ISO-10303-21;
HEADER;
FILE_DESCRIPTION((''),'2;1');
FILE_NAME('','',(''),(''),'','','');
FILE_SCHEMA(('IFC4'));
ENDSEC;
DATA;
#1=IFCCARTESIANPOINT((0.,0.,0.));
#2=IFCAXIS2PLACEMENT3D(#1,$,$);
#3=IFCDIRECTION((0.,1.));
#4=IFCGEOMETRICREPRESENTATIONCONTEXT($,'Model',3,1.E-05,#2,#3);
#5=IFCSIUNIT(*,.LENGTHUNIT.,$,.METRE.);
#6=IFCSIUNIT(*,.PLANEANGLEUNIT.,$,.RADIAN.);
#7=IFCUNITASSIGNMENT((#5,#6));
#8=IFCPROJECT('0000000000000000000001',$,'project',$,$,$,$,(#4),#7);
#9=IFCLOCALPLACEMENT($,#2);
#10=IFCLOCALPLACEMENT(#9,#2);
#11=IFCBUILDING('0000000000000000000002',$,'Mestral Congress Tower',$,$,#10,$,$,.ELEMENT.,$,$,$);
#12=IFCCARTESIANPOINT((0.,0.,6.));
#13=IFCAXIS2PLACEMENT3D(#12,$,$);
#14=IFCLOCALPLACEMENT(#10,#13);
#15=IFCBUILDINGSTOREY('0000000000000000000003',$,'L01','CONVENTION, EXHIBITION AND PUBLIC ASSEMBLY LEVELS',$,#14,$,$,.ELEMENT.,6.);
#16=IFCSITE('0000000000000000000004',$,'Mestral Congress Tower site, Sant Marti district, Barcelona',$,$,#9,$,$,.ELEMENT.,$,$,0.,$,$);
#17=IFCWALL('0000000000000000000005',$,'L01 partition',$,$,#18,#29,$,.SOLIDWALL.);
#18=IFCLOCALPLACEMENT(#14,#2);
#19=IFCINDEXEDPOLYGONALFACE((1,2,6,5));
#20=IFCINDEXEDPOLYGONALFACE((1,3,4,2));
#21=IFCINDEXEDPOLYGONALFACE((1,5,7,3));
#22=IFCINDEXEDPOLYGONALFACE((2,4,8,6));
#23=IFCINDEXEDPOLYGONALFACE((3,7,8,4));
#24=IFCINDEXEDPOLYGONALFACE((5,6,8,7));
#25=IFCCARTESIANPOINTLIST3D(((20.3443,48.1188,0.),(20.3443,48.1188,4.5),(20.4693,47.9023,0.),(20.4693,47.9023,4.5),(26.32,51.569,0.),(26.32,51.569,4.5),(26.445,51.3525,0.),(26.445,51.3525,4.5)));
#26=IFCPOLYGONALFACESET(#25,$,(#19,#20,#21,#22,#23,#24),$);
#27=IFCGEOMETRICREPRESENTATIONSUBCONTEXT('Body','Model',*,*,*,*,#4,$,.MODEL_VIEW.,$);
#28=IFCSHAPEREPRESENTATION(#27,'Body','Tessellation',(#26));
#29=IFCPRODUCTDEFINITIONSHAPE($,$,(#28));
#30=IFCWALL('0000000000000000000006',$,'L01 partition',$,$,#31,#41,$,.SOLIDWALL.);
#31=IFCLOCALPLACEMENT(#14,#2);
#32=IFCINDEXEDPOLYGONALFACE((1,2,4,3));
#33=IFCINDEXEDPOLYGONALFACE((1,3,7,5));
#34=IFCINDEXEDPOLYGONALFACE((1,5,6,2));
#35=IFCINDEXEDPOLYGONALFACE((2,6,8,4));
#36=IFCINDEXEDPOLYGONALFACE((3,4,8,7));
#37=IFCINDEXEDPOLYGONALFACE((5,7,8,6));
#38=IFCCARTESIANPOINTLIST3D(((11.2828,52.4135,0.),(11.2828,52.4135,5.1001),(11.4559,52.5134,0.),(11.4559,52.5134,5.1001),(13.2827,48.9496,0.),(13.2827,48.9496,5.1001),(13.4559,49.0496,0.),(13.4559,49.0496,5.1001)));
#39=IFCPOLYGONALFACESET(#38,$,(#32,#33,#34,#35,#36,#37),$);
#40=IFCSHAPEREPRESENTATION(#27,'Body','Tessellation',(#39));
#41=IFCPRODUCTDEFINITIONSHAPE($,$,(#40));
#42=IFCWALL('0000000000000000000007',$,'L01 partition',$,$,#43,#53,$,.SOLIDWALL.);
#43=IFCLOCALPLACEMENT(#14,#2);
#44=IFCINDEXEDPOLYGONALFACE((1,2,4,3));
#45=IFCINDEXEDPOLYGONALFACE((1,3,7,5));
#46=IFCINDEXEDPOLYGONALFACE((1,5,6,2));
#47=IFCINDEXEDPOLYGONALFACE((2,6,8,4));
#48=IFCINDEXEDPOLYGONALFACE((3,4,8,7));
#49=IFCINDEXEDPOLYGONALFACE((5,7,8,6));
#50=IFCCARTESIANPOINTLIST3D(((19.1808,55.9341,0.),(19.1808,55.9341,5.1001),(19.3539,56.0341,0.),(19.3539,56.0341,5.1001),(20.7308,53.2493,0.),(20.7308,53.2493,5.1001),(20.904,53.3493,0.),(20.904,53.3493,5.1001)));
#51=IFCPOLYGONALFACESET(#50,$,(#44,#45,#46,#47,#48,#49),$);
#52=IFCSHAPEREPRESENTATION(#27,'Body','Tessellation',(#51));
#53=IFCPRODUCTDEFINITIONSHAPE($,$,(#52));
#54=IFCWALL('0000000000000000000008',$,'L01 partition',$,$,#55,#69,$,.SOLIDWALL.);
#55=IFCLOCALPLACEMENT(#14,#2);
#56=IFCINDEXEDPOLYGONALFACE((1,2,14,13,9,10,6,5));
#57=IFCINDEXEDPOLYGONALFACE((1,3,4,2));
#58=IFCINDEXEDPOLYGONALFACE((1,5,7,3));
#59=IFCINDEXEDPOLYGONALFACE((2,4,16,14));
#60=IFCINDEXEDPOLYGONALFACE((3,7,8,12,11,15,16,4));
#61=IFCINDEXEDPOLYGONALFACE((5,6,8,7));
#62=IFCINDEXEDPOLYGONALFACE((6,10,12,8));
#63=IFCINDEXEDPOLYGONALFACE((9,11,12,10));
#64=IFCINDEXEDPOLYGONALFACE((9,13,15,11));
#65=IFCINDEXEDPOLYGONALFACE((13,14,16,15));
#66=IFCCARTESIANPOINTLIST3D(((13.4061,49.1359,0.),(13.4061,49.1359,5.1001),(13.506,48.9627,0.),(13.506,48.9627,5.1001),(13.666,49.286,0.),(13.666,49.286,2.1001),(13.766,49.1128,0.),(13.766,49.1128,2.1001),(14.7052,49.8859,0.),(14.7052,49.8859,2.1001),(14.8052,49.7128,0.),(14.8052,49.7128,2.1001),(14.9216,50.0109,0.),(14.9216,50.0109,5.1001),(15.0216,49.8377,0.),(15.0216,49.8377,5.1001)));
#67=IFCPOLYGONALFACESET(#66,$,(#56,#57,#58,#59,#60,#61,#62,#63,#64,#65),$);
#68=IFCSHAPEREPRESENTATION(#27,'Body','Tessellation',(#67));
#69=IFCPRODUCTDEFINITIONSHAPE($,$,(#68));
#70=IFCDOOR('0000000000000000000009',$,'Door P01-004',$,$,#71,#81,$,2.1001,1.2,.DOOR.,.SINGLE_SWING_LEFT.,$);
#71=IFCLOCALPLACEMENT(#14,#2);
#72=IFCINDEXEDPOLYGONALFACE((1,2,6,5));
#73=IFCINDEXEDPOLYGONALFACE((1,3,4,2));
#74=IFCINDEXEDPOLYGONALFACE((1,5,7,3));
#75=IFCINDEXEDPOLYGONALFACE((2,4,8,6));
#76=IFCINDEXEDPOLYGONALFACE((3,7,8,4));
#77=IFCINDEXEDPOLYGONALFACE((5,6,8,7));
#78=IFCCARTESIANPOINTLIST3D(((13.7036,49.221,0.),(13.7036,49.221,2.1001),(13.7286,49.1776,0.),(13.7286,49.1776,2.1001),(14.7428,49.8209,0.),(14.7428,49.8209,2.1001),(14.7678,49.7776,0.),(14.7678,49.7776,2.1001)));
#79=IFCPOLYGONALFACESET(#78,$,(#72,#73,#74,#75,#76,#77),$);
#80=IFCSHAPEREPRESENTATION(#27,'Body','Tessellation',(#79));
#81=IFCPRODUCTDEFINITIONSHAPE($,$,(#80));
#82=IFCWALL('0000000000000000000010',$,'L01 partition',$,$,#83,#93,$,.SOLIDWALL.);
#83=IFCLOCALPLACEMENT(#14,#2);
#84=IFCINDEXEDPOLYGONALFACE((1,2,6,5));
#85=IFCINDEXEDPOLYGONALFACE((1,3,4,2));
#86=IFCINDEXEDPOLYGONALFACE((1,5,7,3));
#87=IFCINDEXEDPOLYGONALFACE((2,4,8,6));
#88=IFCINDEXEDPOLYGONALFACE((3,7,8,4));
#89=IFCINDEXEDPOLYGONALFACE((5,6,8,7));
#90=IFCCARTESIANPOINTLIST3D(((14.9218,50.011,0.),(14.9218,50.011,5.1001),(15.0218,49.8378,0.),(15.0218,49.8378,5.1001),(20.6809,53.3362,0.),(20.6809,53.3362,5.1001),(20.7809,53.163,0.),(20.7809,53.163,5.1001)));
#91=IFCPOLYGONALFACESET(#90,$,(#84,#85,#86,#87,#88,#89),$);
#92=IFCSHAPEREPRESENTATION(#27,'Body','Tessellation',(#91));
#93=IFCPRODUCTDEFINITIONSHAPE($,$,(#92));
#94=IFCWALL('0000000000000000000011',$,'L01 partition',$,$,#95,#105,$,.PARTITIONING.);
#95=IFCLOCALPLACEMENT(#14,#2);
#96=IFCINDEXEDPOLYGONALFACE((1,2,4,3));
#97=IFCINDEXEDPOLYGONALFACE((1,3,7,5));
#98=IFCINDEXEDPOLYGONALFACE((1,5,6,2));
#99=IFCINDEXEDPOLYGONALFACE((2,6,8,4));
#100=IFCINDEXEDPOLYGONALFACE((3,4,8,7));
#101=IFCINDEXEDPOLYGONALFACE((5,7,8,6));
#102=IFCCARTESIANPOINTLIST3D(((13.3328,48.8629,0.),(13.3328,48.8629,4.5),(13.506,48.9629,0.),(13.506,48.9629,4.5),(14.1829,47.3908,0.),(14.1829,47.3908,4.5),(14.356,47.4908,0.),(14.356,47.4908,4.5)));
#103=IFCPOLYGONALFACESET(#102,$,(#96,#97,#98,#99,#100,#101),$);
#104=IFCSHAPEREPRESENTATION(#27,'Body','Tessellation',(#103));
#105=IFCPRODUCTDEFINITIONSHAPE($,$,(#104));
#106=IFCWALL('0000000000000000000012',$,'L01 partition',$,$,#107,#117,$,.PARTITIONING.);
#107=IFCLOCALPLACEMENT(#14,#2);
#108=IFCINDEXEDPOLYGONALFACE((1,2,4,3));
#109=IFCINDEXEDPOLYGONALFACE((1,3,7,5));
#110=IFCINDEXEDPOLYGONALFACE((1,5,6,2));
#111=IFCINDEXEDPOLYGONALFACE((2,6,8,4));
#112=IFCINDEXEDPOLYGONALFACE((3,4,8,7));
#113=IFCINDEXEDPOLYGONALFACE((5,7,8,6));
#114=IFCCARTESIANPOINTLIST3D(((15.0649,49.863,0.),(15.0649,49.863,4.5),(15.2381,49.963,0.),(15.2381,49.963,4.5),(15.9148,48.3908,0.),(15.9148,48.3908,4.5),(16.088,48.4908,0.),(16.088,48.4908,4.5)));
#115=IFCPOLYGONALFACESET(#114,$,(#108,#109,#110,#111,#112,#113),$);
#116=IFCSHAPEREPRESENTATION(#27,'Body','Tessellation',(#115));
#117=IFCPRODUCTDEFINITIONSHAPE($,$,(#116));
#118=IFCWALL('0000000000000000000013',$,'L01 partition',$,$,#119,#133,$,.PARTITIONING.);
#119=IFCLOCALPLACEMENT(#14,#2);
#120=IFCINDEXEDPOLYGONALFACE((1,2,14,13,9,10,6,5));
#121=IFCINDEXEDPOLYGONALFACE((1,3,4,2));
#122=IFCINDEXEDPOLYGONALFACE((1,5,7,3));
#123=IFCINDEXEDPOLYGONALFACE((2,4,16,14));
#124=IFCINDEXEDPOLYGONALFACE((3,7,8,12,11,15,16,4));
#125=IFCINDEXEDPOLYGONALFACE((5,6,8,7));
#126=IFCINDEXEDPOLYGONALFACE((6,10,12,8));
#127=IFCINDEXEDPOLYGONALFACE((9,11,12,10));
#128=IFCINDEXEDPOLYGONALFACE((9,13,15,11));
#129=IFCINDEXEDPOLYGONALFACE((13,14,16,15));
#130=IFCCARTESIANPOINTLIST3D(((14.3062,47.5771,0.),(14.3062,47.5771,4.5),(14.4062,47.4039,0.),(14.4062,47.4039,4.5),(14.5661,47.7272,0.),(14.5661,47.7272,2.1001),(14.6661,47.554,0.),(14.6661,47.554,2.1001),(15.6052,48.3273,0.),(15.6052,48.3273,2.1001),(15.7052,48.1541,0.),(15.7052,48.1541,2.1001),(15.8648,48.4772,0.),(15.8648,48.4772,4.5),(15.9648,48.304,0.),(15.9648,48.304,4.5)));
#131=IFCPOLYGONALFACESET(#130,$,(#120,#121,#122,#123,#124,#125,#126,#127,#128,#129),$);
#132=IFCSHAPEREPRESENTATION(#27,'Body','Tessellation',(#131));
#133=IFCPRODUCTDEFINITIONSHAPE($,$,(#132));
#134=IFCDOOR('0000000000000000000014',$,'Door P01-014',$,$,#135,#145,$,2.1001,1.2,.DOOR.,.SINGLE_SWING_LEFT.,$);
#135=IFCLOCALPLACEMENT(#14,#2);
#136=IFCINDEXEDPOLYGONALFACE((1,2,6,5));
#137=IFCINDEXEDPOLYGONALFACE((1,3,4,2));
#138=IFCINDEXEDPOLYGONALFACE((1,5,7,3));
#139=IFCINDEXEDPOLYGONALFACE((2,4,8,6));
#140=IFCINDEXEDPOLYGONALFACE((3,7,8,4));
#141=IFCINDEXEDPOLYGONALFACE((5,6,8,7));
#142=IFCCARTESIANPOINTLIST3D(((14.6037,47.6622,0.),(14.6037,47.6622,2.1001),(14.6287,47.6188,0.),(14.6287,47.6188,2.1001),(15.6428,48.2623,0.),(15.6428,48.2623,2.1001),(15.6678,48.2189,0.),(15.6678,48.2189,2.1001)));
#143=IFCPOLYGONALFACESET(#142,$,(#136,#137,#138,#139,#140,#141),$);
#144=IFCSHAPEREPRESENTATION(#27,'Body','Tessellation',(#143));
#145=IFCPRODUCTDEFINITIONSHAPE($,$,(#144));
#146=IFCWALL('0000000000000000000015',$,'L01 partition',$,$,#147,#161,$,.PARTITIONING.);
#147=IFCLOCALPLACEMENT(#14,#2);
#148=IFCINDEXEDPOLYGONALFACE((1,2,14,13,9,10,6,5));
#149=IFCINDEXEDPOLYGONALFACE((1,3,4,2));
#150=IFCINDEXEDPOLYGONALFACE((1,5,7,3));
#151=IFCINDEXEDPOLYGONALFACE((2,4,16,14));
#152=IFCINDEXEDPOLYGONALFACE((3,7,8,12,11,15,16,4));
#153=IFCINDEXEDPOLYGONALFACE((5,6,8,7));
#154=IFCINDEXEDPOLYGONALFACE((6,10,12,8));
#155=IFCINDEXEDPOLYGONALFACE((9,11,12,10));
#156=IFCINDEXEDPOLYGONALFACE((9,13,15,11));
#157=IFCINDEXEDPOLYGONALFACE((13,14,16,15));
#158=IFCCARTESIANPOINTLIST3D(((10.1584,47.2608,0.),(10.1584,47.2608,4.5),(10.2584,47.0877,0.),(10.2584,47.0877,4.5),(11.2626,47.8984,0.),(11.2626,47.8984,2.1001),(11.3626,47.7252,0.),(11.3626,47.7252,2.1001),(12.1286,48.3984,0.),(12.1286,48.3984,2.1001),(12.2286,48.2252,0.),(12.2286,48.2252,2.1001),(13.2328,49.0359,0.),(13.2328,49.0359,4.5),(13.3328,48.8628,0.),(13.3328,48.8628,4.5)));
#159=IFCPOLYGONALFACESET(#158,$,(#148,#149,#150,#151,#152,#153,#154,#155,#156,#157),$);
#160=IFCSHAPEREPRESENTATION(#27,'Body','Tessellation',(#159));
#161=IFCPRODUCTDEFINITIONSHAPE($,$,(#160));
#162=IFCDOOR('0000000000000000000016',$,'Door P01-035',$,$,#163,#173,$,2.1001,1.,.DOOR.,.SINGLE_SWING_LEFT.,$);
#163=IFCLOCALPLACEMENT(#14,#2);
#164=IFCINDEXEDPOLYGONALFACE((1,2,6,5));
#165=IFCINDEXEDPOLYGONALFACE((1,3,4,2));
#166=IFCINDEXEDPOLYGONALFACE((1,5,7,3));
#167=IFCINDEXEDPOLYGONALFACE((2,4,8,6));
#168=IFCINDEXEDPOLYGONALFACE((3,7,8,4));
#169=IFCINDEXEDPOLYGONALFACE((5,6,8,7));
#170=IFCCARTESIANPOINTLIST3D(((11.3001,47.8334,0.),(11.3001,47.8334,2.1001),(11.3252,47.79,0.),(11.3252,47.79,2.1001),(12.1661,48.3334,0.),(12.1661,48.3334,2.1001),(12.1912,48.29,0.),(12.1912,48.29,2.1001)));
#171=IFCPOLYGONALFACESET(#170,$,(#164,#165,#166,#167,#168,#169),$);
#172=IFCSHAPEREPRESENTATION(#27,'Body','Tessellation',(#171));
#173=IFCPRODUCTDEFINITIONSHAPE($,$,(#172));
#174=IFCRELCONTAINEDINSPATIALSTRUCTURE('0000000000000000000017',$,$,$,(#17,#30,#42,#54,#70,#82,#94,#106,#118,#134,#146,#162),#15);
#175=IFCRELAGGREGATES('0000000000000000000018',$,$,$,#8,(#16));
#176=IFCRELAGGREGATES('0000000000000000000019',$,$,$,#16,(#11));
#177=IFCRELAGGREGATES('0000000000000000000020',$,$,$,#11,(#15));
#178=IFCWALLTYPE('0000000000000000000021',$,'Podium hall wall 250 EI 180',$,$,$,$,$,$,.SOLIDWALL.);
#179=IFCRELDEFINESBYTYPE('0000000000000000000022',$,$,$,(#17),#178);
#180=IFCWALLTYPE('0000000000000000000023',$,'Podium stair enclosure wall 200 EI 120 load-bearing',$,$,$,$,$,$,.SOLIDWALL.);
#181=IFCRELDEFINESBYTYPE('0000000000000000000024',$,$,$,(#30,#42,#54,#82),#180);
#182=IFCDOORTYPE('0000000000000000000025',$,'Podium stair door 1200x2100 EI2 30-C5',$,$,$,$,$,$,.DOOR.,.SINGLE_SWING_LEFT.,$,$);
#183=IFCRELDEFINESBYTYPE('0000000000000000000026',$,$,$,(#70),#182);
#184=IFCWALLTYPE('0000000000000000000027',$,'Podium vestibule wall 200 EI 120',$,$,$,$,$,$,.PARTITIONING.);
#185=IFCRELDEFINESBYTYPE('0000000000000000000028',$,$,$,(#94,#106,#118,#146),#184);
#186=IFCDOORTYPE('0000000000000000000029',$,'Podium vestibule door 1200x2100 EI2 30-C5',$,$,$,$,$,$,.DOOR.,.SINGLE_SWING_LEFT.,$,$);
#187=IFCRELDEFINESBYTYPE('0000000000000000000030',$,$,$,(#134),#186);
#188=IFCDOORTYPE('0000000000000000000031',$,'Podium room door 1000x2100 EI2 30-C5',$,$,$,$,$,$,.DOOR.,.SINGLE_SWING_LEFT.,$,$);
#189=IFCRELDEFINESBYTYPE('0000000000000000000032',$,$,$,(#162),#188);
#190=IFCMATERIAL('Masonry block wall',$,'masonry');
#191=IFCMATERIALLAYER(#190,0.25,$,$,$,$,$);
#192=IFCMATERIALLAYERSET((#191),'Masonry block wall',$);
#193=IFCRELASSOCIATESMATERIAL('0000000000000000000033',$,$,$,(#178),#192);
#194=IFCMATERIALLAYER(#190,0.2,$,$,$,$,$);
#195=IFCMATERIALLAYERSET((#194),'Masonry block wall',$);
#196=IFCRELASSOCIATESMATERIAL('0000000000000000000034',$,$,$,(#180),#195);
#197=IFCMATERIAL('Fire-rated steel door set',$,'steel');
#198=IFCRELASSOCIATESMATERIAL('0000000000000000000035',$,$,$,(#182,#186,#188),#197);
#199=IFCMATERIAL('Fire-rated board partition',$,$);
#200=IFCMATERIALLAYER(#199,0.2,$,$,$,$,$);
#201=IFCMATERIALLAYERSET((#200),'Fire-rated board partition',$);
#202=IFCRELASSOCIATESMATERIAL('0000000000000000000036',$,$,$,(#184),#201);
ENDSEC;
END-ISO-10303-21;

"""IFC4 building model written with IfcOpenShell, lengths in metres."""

from ifc_helpers import new_model, si_unit, direction, frame, frame_2d, origin, place, context, subcontext, project, spatial, rectangle, extrude, material, layer, layer_set, type_object, element, fill, save


model = new_model("IFC4")

# Units and contexts
model_context = context("Model", 3, precision=1e-05, world=origin(), true_north=direction((0.0, 1.0)))
body_context = subcontext(model_context, "Body", "Model", "MODEL_VIEW")
ifc_project = project(units=[si_unit("LENGTHUNIT", "METRE"), si_unit("PLANEANGLEUNIT", "RADIAN")], contexts=[model_context])

# Site, building, storey
site_placement = place(None, origin())
site = spatial("IfcSite", under=ifc_project, at=site_placement, Name="Mestral Congress Tower site, Sant Marti district, Barcelona", CompositionType="ELEMENT", RefElevation=0.0)
building_placement = place(site_placement, origin())
building = spatial("IfcBuilding", under=site, at=building_placement, Name="Mestral Congress Tower", CompositionType="ELEMENT")
storey_placement = place(building_placement, frame((0.0, 0.0, 6.0)))
storey = spatial("IfcBuildingStorey", under=building, at=storey_placement, Name="L01", Description="CONVENTION, EXHIBITION AND PUBLIC ASSEMBLY LEVELS", CompositionType="ELEMENT", Elevation=6.0)

# Walls
ifc_material_1 = material(Name="Masonry block wall", Category="masonry")
ifc_layer_1 = layer(ifc_material_1, 0.25)
ifc_layer_set_1 = layer_set([ifc_layer_1], Name="Masonry block wall")
wall_type_1 = type_object("IfcWallType", Name="Podium hall wall 250 EI 180", PredefinedType="SOLIDWALL", material=ifc_layer_set_1)
wall_1_placement = place(storey_placement, frame((20.4067, 48.0105, 0.0), z_axis=(0.0, 0.0, 1.0), x_axis=(0.866014, 0.500021, 0.0)))
element("IfcWall", 1, at=wall_1_placement, inside=storey, type_object=wall_type_1, Name="L01 partition", PredefinedType="SOLIDWALL", context=body_context, shape_type="SweptSolid", body=[
    extrude(rectangle(XDim=6.9001, YDim=0.25, at=frame_2d((3.4502, 0.0))), origin(), (0.0, 0.0, 1.0), 4.5),
])
ifc_layer_2 = layer(ifc_material_1, 0.2)
ifc_layer_set_2 = layer_set([ifc_layer_2], Name="Masonry block wall")
wall_type_2 = type_object("IfcWallType", Name="Podium stair enclosure wall 200 EI 120 load-bearing", PredefinedType="SOLIDWALL", material=ifc_layer_set_2)
wall_2_placement = place(storey_placement, frame((13.3694, 48.9995, 0.0), z_axis=(0.0, 0.0, 1.0), x_axis=(-0.500025, 0.866011, 0.0)))
element("IfcWall", 2, at=wall_2_placement, inside=storey, type_object=wall_type_2, Name="L01 partition", PredefinedType="SOLIDWALL", context=body_context, shape_type="SweptSolid", body=[
    extrude(rectangle(XDim=3.9998, YDim=0.2, at=frame_2d((2.0, 0.0))), origin(), (0.0, 0.0, 1.0), 5.1001),
])
wall_3_placement = place(storey_placement, frame((20.8174, 53.2993, 0.0), z_axis=(0.0, 0.0, 1.0), x_axis=(-0.499993, 0.86603, 0.0)))
element("IfcWall", 3, at=wall_3_placement, inside=storey, type_object=wall_type_2, Name="L01 partition", PredefinedType="SOLIDWALL", context=body_context, shape_type="SweptSolid", body=[
    extrude(rectangle(XDim=3.1001, YDim=0.2, at=frame_2d((1.55, 0.0))), origin(), (0.0, 0.0, 1.0), 5.1001),
])

# Wall, opening, door
wall_4_placement = place(storey_placement, frame((13.4561, 49.0493, 0.0), z_axis=(0.0, 0.0, 1.0), x_axis=(0.866037, 0.49998, 0.0)))
wall_4 = element("IfcWall", 4, at=wall_4_placement, inside=storey, type_object=wall_type_2, Name="L01 partition", PredefinedType="SOLIDWALL", context=body_context, shape_type="SweptSolid", body=[
    extrude(rectangle(XDim=1.75, YDim=0.2, at=frame_2d((0.875, 0.0))), origin(), (0.0, 0.0, 1.0), 5.1001),
])
opening_1_placement = place(wall_4_placement, frame((0.3, 0.0, 0.0)))
opening_1 = element("IfcOpeningElement", 5, at=opening_1_placement, cuts=wall_4, PredefinedType="OPENING", context=body_context, shape_type="SweptSolid", body=[
    extrude(rectangle(XDim=1.2, YDim=2.1001, at=frame_2d((0.6001, 1.05))), frame((0.0, 0.1099, 0.0), z_axis=(0.0, -1.0, 0.0), x_axis=(1.0, 0.0, 0.0)), (0.0, 0.0, 1.0), 0.22),
])
ifc_material_2 = material(Name="Fire-rated steel door set", Category="steel")
door_type_1 = type_object("IfcDoorType", Name="Podium stair door 1200x2100 EI2 30-C5", OperationType="SINGLE_SWING_LEFT", PredefinedType="DOOR", material=ifc_material_2)
door_1_placement = place(opening_1_placement, origin())
door_1 = element("IfcDoor", 6, at=door_1_placement, inside=storey, type_object=door_type_1, Name="Door P01-004", OperationType="SINGLE_SWING_LEFT", OverallHeight=2.1001, OverallWidth=1.2, PredefinedType="DOOR", context=body_context, shape_type="SweptSolid", body=[
    extrude(rectangle(XDim=1.2, YDim=2.1001, at=frame_2d((0.6001, 1.05))), frame((0.0, 0.0249, 0.0), z_axis=(0.0, -1.0, 0.0), x_axis=(1.0, 0.0, 0.0)), (0.0, 0.0, 1.0), 0.05),
])
fill(opening_1, door_1)

# Walls
wall_5_placement = place(storey_placement, frame((14.9717, 49.9243, 0.0), z_axis=(0.0, 0.0, 1.0), x_axis=(0.866011, 0.500024, 0.0)))
element("IfcWall", 7, at=wall_5_placement, inside=storey, type_object=wall_type_2, Name="L01 partition", PredefinedType="SOLIDWALL", context=body_context, shape_type="SweptSolid", body=[
    extrude(rectangle(XDim=6.6501, YDim=0.2, at=frame_2d((3.3252, 0.0))), origin(), (0.0, 0.0, 1.0), 5.1001),
])
ifc_material_3 = material(Name="Fire-rated board partition")
ifc_layer_3 = layer(ifc_material_3, 0.2)
ifc_layer_set_3 = layer_set([ifc_layer_3], Name="Fire-rated board partition")
wall_type_3 = type_object("IfcWallType", Name="Podium vestibule wall 200 EI 120", PredefinedType="PARTITIONING", material=ifc_layer_set_3)
for number, where, z_axis, x_axis, name in (
    (8, (14.2695, 47.4407, 0.0), (0.0, 0.0, 1.0), (-0.500062, 0.865989, 0.0), "L01 partition"),
    (9, (16.0015, 48.4407, 0.0), (0.0, 0.0, 1.0), (-0.499955, 0.866052, 0.0), "L01 partition"),
):
    element("IfcWall", number, at=place(storey_placement, frame(where, z_axis=z_axis, x_axis=x_axis)), inside=storey, type_object=wall_type_3, Name=name, PredefinedType="PARTITIONING", context=body_context, shape_type="SweptSolid", body=[
        extrude(rectangle(XDim=1.7, YDim=0.2, at=frame_2d((0.8501, 0.0))), origin(), (0.0, 0.0, 1.0), 4.5),
    ])

# Walls, openings, doors
wall_6_placement = place(storey_placement, frame((14.3562, 47.4905, 0.0), z_axis=(0.0, 0.0, 1.0), x_axis=(0.865955, 0.500122, 0.0)))
wall_6 = element("IfcWall", 10, at=wall_6_placement, inside=storey, type_object=wall_type_3, Name="L01 partition", PredefinedType="PARTITIONING", context=body_context, shape_type="SweptSolid", body=[
    extrude(rectangle(XDim=1.7998, YDim=0.2, at=frame_2d((0.8999, 0.0))), origin(), (0.0, 0.0, 1.0), 4.5),
])
opening_2_placement = place(wall_6_placement, frame((0.3, 0.0, 0.0)))
opening_2 = element("IfcOpeningElement", 11, at=opening_2_placement, cuts=wall_6, PredefinedType="OPENING", context=body_context, shape_type="SweptSolid", body=[
    extrude(rectangle(XDim=1.2, YDim=2.1001, at=frame_2d((0.6001, 1.05))), frame((0.0, 0.1099, 0.0), z_axis=(0.0, -1.0, 0.0), x_axis=(1.0, 0.0, 0.0)), (0.0, 0.0, 1.0), 0.22),
])
door_type_2 = type_object("IfcDoorType", Name="Podium vestibule door 1200x2100 EI2 30-C5", OperationType="SINGLE_SWING_LEFT", PredefinedType="DOOR", material=ifc_material_2)
door_2_placement = place(opening_2_placement, origin())
door_2 = element("IfcDoor", 12, at=door_2_placement, inside=storey, type_object=door_type_2, Name="Door P01-014", OperationType="SINGLE_SWING_LEFT", OverallHeight=2.1001, OverallWidth=1.2, PredefinedType="DOOR", context=body_context, shape_type="SweptSolid", body=[
    extrude(rectangle(XDim=1.2, YDim=2.1001, at=frame_2d((0.6001, 1.05))), frame((0.0, 0.0249, 0.0), z_axis=(0.0, -1.0, 0.0), x_axis=(1.0, 0.0, 0.0)), (0.0, 0.0, 1.0), 0.05),
])
fill(opening_2, door_2)
wall_7_placement = place(storey_placement, frame((10.2085, 47.1743, 0.0), z_axis=(0.0, 0.0, 1.0), x_axis=(0.866013, 0.500022, 0.0)))
wall_7 = element("IfcWall", 13, at=wall_7_placement, inside=storey, type_object=wall_type_3, Name="L01 partition", PredefinedType="PARTITIONING", context=body_context, shape_type="SweptSolid", body=[
    extrude(rectangle(XDim=3.55, YDim=0.2, at=frame_2d((1.7749, 0.0))), origin(), (0.0, 0.0, 1.0), 4.5),
])
opening_3_placement = place(wall_7_placement, frame((1.2749, 0.0, 0.0)))
opening_3 = element("IfcOpeningElement", 14, at=opening_3_placement, cuts=wall_7, PredefinedType="OPENING", context=body_context, shape_type="SweptSolid", body=[
    extrude(rectangle(XDim=1.0, YDim=2.1001, at=frame_2d((0.5, 1.05))), frame((0.0, 0.1099, 0.0), z_axis=(0.0, -1.0, 0.0), x_axis=(1.0, 0.0, 0.0)), (0.0, 0.0, 1.0), 0.22),
])
door_type_3 = type_object("IfcDoorType", Name="Podium room door 1000x2100 EI2 30-C5", OperationType="SINGLE_SWING_LEFT", PredefinedType="DOOR", material=ifc_material_2)
door_3_placement = place(opening_3_placement, origin())
door_3 = element("IfcDoor", 15, at=door_3_placement, inside=storey, type_object=door_type_3, Name="Door P01-035", OperationType="SINGLE_SWING_LEFT", OverallHeight=2.1001, OverallWidth=1.0, PredefinedType="DOOR", context=body_context, shape_type="SweptSolid", body=[
    extrude(rectangle(XDim=1.0, YDim=2.1001, at=frame_2d((0.5, 1.05))), frame((0.0, 0.0249, 0.0), z_axis=(0.0, -1.0, 0.0), x_axis=(1.0, 0.0, 0.0)), (0.0, 0.0, 1.0), 0.05),
])
fill(opening_3, door_3)

save(model, "model.ifc")
